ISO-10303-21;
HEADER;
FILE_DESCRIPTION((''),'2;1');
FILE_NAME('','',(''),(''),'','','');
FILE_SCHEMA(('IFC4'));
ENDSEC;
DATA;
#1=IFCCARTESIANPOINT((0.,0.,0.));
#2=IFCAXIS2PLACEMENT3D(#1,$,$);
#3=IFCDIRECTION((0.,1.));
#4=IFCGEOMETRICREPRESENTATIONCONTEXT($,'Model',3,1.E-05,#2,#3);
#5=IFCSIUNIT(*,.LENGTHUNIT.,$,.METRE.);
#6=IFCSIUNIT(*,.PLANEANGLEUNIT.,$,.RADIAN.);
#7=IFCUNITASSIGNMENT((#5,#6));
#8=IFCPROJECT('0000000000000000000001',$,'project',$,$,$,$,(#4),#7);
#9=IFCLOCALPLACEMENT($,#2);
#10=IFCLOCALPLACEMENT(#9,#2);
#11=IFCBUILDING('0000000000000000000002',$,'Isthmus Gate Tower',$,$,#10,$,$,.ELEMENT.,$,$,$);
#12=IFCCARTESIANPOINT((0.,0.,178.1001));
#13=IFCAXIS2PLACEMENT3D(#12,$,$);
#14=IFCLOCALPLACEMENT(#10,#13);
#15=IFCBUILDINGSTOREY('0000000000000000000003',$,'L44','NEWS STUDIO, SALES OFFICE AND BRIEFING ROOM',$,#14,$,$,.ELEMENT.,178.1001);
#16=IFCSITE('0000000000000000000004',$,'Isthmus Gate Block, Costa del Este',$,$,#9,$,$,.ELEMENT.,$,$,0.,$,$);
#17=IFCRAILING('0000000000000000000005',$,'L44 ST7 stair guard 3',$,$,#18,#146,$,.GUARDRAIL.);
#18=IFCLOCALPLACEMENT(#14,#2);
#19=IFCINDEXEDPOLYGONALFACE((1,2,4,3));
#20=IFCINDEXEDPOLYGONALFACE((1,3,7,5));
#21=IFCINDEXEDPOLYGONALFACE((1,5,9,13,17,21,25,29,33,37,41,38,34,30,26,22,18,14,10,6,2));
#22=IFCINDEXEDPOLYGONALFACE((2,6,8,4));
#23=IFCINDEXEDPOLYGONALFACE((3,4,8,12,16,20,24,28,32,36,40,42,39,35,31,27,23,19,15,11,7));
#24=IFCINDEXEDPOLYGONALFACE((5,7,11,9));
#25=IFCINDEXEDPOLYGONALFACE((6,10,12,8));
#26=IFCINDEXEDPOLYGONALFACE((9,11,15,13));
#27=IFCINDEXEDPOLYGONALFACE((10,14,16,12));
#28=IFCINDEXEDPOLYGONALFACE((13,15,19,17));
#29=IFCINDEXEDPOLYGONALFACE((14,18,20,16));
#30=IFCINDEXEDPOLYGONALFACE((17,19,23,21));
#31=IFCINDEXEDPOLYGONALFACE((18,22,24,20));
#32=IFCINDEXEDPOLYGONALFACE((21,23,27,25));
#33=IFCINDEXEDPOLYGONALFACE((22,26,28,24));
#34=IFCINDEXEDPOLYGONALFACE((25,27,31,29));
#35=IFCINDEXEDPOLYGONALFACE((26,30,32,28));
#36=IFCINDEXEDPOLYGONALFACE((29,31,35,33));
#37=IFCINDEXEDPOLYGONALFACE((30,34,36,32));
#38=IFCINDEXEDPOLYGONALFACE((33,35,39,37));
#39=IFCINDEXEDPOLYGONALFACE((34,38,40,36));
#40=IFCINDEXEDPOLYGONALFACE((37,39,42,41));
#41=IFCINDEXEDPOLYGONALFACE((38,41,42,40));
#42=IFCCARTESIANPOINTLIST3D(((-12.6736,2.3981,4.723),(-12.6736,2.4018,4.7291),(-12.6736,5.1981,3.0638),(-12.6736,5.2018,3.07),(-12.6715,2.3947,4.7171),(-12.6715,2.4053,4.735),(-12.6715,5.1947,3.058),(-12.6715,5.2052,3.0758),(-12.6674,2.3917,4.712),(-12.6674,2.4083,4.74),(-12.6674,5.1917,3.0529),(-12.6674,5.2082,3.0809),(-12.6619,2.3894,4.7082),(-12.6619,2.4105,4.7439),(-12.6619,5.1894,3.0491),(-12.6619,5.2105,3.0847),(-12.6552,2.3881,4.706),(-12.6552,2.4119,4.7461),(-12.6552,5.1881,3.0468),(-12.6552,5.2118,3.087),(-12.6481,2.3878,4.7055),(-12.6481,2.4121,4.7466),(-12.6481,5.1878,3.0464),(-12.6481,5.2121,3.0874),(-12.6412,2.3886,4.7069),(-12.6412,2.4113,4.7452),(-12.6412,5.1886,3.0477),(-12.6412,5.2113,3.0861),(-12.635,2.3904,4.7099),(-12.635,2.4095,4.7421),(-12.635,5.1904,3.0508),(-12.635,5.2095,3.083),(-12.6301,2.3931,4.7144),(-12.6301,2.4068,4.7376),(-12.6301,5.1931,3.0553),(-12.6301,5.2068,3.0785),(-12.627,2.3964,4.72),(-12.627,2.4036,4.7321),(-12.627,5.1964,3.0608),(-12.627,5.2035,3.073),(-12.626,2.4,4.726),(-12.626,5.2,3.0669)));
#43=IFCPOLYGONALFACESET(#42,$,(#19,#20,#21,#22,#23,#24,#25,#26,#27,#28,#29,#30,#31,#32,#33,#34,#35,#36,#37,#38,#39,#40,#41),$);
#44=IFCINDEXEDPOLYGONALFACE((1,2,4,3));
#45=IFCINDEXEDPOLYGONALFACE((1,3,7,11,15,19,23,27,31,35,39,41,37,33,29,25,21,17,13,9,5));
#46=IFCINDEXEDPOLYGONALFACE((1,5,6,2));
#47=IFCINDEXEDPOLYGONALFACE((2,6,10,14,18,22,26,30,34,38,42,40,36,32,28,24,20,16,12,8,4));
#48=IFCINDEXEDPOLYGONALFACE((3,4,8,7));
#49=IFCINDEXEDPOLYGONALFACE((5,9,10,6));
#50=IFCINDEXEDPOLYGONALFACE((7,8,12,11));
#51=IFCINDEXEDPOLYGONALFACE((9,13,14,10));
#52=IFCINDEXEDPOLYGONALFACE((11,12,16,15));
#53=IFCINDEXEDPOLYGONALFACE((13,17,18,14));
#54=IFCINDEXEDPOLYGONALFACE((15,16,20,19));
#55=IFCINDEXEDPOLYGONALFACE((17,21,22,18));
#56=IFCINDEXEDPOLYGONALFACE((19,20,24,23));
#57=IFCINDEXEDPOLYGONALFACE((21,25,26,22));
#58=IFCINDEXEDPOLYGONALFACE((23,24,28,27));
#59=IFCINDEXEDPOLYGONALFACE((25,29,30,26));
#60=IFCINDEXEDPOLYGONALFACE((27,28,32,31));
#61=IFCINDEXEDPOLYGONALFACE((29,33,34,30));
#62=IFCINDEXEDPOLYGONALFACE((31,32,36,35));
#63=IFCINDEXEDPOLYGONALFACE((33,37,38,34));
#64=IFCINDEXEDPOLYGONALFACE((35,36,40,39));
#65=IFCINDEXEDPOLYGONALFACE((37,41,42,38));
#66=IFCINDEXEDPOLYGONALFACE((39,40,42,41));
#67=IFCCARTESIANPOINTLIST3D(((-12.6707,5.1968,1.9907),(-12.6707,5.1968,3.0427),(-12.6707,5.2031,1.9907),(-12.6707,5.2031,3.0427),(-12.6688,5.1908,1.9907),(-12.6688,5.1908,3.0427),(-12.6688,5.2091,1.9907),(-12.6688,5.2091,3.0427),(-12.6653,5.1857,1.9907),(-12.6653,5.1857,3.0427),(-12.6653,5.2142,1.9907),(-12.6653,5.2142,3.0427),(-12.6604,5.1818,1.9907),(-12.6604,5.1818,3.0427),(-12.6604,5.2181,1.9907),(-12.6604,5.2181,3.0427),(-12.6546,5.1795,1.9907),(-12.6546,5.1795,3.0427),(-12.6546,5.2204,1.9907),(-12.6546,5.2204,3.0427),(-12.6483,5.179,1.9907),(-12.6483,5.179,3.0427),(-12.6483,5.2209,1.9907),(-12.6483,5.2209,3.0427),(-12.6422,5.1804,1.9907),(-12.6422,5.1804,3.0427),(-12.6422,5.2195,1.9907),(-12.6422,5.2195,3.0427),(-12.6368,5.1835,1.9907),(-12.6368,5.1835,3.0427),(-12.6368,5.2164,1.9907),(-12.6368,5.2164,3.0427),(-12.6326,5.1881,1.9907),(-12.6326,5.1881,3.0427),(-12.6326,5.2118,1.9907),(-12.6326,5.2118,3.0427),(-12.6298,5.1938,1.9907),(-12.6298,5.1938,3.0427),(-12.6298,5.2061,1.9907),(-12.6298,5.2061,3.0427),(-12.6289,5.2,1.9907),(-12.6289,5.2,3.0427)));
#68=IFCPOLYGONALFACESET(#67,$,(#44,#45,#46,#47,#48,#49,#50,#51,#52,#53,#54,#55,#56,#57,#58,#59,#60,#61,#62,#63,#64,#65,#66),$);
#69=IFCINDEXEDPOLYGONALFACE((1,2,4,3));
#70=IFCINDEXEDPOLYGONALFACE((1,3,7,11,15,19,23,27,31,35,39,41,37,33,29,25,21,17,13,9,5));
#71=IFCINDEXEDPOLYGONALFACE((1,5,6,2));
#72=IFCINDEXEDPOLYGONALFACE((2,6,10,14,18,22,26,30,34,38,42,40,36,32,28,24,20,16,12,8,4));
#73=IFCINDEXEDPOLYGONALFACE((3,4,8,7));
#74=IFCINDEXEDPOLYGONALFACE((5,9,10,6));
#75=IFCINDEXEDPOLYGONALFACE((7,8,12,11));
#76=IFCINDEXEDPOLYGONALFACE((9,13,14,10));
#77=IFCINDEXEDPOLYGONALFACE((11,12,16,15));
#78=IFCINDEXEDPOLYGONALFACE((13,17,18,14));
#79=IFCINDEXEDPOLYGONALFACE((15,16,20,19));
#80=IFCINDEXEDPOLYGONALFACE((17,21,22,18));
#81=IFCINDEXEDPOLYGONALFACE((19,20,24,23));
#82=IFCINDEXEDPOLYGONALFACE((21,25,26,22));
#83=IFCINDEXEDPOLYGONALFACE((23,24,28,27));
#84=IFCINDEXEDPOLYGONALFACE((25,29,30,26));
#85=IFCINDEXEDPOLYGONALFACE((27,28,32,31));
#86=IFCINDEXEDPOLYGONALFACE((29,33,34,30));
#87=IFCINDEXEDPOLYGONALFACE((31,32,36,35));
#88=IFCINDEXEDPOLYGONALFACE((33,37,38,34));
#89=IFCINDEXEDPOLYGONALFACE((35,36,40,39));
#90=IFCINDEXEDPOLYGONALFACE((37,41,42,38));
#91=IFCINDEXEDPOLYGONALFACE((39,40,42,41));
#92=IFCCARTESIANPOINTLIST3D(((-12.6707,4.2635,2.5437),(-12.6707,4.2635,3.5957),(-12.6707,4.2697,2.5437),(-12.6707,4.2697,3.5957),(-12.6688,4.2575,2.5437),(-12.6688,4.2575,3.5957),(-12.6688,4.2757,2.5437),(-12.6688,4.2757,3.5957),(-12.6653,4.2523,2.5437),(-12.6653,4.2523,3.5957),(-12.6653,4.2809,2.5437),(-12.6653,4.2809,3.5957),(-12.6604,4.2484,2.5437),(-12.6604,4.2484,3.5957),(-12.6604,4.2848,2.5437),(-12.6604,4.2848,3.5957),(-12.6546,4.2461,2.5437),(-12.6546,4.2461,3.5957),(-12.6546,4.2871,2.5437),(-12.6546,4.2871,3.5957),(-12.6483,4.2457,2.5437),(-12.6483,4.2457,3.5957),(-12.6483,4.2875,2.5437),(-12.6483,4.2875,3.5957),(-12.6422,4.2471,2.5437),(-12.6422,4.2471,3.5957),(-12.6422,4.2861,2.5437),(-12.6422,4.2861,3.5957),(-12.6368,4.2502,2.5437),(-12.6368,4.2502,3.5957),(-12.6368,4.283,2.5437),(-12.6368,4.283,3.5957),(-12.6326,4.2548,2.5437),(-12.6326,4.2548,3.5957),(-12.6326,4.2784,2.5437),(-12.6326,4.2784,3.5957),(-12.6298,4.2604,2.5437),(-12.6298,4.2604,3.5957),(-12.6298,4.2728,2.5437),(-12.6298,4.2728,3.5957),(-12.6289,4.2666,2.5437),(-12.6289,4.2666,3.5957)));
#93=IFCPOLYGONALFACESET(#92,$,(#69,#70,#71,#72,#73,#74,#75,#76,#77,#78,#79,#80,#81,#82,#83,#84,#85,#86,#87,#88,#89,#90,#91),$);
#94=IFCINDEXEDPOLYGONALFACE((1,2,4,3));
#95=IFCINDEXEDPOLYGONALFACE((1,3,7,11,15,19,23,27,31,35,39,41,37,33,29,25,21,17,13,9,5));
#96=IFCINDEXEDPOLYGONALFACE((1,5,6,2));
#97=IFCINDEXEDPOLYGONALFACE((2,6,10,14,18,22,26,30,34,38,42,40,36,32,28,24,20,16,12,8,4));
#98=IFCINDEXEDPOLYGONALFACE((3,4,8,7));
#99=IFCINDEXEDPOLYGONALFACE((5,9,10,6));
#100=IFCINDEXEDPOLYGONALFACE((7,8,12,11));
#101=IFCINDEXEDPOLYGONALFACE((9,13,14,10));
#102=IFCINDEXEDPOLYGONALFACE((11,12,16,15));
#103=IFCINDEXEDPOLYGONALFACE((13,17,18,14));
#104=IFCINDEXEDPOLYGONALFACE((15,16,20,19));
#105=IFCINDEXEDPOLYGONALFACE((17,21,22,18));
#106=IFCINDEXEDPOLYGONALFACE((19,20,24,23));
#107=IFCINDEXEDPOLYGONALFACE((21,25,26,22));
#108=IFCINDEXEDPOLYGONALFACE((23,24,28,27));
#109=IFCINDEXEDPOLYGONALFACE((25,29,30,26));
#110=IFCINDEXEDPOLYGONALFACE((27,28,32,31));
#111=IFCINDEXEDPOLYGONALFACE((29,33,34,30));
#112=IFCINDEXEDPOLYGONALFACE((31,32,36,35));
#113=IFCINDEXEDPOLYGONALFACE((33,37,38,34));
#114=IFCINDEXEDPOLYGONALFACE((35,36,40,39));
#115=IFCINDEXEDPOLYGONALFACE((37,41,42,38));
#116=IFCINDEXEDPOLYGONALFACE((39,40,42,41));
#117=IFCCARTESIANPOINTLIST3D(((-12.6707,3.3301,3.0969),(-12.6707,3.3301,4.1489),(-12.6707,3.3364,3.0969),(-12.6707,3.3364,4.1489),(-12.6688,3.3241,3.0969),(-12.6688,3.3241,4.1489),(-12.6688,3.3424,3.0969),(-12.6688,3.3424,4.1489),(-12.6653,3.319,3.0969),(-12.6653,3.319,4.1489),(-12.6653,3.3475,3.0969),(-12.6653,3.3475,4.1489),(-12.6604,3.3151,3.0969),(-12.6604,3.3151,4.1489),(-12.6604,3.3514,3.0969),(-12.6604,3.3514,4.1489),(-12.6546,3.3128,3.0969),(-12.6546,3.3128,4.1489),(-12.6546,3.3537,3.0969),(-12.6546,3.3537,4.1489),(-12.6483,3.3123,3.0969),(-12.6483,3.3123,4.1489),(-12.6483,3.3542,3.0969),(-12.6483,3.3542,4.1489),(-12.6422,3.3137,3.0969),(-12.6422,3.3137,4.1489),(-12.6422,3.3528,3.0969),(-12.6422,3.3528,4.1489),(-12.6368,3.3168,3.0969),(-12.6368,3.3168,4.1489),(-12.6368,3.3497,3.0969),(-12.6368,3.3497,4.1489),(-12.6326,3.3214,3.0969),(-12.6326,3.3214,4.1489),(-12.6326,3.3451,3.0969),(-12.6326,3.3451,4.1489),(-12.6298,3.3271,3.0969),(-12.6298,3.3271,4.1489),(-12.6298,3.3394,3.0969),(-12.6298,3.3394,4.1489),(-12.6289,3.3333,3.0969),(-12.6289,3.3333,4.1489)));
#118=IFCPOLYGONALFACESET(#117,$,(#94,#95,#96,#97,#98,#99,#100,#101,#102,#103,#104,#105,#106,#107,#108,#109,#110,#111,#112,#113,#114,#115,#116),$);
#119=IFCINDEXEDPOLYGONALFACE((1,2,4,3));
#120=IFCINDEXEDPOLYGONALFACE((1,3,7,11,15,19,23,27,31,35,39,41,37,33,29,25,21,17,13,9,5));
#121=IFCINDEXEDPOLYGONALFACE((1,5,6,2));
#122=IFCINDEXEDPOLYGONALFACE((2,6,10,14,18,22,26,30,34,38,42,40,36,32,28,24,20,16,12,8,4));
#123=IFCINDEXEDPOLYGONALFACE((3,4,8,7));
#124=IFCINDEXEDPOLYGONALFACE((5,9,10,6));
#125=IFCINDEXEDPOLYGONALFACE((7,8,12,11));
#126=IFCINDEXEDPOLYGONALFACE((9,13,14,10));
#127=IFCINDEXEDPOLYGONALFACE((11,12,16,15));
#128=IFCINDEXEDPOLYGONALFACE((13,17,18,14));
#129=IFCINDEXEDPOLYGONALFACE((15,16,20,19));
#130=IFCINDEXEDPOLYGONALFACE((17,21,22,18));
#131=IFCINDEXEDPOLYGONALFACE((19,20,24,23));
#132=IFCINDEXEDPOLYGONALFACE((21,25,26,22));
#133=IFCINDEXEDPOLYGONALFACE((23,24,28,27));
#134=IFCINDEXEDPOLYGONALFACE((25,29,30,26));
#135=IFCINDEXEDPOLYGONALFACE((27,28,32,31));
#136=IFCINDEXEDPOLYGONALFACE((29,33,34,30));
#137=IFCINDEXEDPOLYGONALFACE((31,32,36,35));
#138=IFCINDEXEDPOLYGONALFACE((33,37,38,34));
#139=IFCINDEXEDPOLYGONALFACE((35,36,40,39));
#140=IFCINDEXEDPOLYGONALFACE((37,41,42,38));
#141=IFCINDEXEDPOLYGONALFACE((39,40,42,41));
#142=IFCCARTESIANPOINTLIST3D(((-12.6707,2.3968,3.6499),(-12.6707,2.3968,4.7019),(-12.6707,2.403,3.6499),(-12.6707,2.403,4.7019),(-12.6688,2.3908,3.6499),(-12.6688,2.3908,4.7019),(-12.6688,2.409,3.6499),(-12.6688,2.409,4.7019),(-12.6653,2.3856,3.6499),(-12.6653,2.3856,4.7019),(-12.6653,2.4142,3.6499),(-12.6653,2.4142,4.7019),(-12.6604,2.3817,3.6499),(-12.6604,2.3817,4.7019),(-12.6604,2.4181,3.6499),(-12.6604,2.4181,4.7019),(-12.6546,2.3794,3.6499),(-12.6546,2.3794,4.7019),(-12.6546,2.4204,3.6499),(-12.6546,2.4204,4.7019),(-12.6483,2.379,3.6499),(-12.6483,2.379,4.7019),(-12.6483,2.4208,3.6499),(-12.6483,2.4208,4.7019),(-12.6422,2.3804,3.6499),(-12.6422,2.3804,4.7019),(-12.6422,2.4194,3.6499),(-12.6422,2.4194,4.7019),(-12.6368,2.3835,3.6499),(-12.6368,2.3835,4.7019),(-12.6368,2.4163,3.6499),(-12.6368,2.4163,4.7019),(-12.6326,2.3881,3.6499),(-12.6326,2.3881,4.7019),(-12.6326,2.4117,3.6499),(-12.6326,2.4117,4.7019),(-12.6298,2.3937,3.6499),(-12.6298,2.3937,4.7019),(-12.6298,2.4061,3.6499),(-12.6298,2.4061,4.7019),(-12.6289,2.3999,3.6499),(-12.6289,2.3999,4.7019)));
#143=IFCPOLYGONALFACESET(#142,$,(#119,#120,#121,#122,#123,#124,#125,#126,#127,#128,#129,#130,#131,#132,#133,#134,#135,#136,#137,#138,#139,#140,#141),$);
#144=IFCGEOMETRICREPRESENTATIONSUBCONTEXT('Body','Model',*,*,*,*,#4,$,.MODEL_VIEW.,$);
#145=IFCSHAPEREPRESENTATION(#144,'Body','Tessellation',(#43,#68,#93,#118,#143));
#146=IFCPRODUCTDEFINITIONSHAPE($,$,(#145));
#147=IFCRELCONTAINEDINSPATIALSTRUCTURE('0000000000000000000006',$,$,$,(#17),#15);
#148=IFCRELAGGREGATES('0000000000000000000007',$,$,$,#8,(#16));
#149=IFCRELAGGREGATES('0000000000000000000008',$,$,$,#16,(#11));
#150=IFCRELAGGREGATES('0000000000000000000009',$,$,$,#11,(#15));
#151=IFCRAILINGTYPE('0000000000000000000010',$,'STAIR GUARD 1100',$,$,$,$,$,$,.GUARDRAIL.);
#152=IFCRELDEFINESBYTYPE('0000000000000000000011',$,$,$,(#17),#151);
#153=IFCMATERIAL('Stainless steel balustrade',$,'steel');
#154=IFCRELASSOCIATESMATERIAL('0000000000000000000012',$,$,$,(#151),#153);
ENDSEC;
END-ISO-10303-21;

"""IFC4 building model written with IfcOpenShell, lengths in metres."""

from ifc_helpers import new_model, si_unit, direction, frame, origin, origin_2d, place, context, subcontext, project, spatial, circle, extrude, material, type_object, element, save


model = new_model("IFC4")

# Units and contexts
model_context = context("Model", 3, precision=1e-05, world=origin(), true_north=direction((0.0, 1.0)))
body_context = subcontext(model_context, "Body", "Model", "MODEL_VIEW")
ifc_project = project(units=[si_unit("LENGTHUNIT", "METRE"), si_unit("PLANEANGLEUNIT", "RADIAN")], contexts=[model_context])

# Site, building, storey
site_placement = place(None, origin())
site = spatial("IfcSite", under=ifc_project, at=site_placement, Name="Isthmus Gate Block, Costa del Este", CompositionType="ELEMENT", RefElevation=0.0)
building_placement = place(site_placement, origin())
building = spatial("IfcBuilding", under=site, at=building_placement, Name="Isthmus Gate Tower", CompositionType="ELEMENT")
storey_placement = place(building_placement, frame((0.0, 0.0, 178.1001)))
storey = spatial("IfcBuildingStorey", under=building, at=storey_placement, Name="L44", Description="NEWS STUDIO, SALES OFFICE AND BRIEFING ROOM", CompositionType="ELEMENT", Elevation=178.1001)

# Railing
ifc_material_1 = material(Name="Stainless steel balustrade", Category="steel")
railing_type_1 = type_object("IfcRailingType", Name="STAIR GUARD 1100", PredefinedType="GUARDRAIL", material=ifc_material_1)
railing_1_placement = place(storey_placement, frame((-12.6499, 5.2, 1.9907)))
element("IfcRailing", 1, at=railing_1_placement, inside=storey, type_object=railing_type_1, Name="L44 ST7 stair guard 3", PredefinedType="GUARDRAIL", context=body_context, shape_type="SweptSolid", body=[
    extrude(circle(Radius=0.0239, at=origin_2d()), frame((0.0, 0.0, 1.0762), z_axis=(0.0, -0.860306, 0.509778), x_axis=(1.0, 0.0, 0.0)), (0.0, 0.0, 1.0), 3.2546),
    extrude(circle(Radius=0.021, at=origin_2d()), origin(), (0.0, 0.0, 1.0), 1.052),
    extrude(circle(Radius=0.021, at=origin_2d()), frame((0.0, -0.9333, 0.553)), (0.0, 0.0, 1.0), 1.052),
    extrude(circle(Radius=0.021, at=origin_2d()), frame((0.0, -1.8667, 1.1062)), (0.0, 0.0, 1.0), 1.052),
    extrude(circle(Radius=0.021, at=origin_2d()), frame((0.0, -2.8, 1.6592)), (0.0, 0.0, 1.0), 1.052),
])

save(model, "model.ifc")
